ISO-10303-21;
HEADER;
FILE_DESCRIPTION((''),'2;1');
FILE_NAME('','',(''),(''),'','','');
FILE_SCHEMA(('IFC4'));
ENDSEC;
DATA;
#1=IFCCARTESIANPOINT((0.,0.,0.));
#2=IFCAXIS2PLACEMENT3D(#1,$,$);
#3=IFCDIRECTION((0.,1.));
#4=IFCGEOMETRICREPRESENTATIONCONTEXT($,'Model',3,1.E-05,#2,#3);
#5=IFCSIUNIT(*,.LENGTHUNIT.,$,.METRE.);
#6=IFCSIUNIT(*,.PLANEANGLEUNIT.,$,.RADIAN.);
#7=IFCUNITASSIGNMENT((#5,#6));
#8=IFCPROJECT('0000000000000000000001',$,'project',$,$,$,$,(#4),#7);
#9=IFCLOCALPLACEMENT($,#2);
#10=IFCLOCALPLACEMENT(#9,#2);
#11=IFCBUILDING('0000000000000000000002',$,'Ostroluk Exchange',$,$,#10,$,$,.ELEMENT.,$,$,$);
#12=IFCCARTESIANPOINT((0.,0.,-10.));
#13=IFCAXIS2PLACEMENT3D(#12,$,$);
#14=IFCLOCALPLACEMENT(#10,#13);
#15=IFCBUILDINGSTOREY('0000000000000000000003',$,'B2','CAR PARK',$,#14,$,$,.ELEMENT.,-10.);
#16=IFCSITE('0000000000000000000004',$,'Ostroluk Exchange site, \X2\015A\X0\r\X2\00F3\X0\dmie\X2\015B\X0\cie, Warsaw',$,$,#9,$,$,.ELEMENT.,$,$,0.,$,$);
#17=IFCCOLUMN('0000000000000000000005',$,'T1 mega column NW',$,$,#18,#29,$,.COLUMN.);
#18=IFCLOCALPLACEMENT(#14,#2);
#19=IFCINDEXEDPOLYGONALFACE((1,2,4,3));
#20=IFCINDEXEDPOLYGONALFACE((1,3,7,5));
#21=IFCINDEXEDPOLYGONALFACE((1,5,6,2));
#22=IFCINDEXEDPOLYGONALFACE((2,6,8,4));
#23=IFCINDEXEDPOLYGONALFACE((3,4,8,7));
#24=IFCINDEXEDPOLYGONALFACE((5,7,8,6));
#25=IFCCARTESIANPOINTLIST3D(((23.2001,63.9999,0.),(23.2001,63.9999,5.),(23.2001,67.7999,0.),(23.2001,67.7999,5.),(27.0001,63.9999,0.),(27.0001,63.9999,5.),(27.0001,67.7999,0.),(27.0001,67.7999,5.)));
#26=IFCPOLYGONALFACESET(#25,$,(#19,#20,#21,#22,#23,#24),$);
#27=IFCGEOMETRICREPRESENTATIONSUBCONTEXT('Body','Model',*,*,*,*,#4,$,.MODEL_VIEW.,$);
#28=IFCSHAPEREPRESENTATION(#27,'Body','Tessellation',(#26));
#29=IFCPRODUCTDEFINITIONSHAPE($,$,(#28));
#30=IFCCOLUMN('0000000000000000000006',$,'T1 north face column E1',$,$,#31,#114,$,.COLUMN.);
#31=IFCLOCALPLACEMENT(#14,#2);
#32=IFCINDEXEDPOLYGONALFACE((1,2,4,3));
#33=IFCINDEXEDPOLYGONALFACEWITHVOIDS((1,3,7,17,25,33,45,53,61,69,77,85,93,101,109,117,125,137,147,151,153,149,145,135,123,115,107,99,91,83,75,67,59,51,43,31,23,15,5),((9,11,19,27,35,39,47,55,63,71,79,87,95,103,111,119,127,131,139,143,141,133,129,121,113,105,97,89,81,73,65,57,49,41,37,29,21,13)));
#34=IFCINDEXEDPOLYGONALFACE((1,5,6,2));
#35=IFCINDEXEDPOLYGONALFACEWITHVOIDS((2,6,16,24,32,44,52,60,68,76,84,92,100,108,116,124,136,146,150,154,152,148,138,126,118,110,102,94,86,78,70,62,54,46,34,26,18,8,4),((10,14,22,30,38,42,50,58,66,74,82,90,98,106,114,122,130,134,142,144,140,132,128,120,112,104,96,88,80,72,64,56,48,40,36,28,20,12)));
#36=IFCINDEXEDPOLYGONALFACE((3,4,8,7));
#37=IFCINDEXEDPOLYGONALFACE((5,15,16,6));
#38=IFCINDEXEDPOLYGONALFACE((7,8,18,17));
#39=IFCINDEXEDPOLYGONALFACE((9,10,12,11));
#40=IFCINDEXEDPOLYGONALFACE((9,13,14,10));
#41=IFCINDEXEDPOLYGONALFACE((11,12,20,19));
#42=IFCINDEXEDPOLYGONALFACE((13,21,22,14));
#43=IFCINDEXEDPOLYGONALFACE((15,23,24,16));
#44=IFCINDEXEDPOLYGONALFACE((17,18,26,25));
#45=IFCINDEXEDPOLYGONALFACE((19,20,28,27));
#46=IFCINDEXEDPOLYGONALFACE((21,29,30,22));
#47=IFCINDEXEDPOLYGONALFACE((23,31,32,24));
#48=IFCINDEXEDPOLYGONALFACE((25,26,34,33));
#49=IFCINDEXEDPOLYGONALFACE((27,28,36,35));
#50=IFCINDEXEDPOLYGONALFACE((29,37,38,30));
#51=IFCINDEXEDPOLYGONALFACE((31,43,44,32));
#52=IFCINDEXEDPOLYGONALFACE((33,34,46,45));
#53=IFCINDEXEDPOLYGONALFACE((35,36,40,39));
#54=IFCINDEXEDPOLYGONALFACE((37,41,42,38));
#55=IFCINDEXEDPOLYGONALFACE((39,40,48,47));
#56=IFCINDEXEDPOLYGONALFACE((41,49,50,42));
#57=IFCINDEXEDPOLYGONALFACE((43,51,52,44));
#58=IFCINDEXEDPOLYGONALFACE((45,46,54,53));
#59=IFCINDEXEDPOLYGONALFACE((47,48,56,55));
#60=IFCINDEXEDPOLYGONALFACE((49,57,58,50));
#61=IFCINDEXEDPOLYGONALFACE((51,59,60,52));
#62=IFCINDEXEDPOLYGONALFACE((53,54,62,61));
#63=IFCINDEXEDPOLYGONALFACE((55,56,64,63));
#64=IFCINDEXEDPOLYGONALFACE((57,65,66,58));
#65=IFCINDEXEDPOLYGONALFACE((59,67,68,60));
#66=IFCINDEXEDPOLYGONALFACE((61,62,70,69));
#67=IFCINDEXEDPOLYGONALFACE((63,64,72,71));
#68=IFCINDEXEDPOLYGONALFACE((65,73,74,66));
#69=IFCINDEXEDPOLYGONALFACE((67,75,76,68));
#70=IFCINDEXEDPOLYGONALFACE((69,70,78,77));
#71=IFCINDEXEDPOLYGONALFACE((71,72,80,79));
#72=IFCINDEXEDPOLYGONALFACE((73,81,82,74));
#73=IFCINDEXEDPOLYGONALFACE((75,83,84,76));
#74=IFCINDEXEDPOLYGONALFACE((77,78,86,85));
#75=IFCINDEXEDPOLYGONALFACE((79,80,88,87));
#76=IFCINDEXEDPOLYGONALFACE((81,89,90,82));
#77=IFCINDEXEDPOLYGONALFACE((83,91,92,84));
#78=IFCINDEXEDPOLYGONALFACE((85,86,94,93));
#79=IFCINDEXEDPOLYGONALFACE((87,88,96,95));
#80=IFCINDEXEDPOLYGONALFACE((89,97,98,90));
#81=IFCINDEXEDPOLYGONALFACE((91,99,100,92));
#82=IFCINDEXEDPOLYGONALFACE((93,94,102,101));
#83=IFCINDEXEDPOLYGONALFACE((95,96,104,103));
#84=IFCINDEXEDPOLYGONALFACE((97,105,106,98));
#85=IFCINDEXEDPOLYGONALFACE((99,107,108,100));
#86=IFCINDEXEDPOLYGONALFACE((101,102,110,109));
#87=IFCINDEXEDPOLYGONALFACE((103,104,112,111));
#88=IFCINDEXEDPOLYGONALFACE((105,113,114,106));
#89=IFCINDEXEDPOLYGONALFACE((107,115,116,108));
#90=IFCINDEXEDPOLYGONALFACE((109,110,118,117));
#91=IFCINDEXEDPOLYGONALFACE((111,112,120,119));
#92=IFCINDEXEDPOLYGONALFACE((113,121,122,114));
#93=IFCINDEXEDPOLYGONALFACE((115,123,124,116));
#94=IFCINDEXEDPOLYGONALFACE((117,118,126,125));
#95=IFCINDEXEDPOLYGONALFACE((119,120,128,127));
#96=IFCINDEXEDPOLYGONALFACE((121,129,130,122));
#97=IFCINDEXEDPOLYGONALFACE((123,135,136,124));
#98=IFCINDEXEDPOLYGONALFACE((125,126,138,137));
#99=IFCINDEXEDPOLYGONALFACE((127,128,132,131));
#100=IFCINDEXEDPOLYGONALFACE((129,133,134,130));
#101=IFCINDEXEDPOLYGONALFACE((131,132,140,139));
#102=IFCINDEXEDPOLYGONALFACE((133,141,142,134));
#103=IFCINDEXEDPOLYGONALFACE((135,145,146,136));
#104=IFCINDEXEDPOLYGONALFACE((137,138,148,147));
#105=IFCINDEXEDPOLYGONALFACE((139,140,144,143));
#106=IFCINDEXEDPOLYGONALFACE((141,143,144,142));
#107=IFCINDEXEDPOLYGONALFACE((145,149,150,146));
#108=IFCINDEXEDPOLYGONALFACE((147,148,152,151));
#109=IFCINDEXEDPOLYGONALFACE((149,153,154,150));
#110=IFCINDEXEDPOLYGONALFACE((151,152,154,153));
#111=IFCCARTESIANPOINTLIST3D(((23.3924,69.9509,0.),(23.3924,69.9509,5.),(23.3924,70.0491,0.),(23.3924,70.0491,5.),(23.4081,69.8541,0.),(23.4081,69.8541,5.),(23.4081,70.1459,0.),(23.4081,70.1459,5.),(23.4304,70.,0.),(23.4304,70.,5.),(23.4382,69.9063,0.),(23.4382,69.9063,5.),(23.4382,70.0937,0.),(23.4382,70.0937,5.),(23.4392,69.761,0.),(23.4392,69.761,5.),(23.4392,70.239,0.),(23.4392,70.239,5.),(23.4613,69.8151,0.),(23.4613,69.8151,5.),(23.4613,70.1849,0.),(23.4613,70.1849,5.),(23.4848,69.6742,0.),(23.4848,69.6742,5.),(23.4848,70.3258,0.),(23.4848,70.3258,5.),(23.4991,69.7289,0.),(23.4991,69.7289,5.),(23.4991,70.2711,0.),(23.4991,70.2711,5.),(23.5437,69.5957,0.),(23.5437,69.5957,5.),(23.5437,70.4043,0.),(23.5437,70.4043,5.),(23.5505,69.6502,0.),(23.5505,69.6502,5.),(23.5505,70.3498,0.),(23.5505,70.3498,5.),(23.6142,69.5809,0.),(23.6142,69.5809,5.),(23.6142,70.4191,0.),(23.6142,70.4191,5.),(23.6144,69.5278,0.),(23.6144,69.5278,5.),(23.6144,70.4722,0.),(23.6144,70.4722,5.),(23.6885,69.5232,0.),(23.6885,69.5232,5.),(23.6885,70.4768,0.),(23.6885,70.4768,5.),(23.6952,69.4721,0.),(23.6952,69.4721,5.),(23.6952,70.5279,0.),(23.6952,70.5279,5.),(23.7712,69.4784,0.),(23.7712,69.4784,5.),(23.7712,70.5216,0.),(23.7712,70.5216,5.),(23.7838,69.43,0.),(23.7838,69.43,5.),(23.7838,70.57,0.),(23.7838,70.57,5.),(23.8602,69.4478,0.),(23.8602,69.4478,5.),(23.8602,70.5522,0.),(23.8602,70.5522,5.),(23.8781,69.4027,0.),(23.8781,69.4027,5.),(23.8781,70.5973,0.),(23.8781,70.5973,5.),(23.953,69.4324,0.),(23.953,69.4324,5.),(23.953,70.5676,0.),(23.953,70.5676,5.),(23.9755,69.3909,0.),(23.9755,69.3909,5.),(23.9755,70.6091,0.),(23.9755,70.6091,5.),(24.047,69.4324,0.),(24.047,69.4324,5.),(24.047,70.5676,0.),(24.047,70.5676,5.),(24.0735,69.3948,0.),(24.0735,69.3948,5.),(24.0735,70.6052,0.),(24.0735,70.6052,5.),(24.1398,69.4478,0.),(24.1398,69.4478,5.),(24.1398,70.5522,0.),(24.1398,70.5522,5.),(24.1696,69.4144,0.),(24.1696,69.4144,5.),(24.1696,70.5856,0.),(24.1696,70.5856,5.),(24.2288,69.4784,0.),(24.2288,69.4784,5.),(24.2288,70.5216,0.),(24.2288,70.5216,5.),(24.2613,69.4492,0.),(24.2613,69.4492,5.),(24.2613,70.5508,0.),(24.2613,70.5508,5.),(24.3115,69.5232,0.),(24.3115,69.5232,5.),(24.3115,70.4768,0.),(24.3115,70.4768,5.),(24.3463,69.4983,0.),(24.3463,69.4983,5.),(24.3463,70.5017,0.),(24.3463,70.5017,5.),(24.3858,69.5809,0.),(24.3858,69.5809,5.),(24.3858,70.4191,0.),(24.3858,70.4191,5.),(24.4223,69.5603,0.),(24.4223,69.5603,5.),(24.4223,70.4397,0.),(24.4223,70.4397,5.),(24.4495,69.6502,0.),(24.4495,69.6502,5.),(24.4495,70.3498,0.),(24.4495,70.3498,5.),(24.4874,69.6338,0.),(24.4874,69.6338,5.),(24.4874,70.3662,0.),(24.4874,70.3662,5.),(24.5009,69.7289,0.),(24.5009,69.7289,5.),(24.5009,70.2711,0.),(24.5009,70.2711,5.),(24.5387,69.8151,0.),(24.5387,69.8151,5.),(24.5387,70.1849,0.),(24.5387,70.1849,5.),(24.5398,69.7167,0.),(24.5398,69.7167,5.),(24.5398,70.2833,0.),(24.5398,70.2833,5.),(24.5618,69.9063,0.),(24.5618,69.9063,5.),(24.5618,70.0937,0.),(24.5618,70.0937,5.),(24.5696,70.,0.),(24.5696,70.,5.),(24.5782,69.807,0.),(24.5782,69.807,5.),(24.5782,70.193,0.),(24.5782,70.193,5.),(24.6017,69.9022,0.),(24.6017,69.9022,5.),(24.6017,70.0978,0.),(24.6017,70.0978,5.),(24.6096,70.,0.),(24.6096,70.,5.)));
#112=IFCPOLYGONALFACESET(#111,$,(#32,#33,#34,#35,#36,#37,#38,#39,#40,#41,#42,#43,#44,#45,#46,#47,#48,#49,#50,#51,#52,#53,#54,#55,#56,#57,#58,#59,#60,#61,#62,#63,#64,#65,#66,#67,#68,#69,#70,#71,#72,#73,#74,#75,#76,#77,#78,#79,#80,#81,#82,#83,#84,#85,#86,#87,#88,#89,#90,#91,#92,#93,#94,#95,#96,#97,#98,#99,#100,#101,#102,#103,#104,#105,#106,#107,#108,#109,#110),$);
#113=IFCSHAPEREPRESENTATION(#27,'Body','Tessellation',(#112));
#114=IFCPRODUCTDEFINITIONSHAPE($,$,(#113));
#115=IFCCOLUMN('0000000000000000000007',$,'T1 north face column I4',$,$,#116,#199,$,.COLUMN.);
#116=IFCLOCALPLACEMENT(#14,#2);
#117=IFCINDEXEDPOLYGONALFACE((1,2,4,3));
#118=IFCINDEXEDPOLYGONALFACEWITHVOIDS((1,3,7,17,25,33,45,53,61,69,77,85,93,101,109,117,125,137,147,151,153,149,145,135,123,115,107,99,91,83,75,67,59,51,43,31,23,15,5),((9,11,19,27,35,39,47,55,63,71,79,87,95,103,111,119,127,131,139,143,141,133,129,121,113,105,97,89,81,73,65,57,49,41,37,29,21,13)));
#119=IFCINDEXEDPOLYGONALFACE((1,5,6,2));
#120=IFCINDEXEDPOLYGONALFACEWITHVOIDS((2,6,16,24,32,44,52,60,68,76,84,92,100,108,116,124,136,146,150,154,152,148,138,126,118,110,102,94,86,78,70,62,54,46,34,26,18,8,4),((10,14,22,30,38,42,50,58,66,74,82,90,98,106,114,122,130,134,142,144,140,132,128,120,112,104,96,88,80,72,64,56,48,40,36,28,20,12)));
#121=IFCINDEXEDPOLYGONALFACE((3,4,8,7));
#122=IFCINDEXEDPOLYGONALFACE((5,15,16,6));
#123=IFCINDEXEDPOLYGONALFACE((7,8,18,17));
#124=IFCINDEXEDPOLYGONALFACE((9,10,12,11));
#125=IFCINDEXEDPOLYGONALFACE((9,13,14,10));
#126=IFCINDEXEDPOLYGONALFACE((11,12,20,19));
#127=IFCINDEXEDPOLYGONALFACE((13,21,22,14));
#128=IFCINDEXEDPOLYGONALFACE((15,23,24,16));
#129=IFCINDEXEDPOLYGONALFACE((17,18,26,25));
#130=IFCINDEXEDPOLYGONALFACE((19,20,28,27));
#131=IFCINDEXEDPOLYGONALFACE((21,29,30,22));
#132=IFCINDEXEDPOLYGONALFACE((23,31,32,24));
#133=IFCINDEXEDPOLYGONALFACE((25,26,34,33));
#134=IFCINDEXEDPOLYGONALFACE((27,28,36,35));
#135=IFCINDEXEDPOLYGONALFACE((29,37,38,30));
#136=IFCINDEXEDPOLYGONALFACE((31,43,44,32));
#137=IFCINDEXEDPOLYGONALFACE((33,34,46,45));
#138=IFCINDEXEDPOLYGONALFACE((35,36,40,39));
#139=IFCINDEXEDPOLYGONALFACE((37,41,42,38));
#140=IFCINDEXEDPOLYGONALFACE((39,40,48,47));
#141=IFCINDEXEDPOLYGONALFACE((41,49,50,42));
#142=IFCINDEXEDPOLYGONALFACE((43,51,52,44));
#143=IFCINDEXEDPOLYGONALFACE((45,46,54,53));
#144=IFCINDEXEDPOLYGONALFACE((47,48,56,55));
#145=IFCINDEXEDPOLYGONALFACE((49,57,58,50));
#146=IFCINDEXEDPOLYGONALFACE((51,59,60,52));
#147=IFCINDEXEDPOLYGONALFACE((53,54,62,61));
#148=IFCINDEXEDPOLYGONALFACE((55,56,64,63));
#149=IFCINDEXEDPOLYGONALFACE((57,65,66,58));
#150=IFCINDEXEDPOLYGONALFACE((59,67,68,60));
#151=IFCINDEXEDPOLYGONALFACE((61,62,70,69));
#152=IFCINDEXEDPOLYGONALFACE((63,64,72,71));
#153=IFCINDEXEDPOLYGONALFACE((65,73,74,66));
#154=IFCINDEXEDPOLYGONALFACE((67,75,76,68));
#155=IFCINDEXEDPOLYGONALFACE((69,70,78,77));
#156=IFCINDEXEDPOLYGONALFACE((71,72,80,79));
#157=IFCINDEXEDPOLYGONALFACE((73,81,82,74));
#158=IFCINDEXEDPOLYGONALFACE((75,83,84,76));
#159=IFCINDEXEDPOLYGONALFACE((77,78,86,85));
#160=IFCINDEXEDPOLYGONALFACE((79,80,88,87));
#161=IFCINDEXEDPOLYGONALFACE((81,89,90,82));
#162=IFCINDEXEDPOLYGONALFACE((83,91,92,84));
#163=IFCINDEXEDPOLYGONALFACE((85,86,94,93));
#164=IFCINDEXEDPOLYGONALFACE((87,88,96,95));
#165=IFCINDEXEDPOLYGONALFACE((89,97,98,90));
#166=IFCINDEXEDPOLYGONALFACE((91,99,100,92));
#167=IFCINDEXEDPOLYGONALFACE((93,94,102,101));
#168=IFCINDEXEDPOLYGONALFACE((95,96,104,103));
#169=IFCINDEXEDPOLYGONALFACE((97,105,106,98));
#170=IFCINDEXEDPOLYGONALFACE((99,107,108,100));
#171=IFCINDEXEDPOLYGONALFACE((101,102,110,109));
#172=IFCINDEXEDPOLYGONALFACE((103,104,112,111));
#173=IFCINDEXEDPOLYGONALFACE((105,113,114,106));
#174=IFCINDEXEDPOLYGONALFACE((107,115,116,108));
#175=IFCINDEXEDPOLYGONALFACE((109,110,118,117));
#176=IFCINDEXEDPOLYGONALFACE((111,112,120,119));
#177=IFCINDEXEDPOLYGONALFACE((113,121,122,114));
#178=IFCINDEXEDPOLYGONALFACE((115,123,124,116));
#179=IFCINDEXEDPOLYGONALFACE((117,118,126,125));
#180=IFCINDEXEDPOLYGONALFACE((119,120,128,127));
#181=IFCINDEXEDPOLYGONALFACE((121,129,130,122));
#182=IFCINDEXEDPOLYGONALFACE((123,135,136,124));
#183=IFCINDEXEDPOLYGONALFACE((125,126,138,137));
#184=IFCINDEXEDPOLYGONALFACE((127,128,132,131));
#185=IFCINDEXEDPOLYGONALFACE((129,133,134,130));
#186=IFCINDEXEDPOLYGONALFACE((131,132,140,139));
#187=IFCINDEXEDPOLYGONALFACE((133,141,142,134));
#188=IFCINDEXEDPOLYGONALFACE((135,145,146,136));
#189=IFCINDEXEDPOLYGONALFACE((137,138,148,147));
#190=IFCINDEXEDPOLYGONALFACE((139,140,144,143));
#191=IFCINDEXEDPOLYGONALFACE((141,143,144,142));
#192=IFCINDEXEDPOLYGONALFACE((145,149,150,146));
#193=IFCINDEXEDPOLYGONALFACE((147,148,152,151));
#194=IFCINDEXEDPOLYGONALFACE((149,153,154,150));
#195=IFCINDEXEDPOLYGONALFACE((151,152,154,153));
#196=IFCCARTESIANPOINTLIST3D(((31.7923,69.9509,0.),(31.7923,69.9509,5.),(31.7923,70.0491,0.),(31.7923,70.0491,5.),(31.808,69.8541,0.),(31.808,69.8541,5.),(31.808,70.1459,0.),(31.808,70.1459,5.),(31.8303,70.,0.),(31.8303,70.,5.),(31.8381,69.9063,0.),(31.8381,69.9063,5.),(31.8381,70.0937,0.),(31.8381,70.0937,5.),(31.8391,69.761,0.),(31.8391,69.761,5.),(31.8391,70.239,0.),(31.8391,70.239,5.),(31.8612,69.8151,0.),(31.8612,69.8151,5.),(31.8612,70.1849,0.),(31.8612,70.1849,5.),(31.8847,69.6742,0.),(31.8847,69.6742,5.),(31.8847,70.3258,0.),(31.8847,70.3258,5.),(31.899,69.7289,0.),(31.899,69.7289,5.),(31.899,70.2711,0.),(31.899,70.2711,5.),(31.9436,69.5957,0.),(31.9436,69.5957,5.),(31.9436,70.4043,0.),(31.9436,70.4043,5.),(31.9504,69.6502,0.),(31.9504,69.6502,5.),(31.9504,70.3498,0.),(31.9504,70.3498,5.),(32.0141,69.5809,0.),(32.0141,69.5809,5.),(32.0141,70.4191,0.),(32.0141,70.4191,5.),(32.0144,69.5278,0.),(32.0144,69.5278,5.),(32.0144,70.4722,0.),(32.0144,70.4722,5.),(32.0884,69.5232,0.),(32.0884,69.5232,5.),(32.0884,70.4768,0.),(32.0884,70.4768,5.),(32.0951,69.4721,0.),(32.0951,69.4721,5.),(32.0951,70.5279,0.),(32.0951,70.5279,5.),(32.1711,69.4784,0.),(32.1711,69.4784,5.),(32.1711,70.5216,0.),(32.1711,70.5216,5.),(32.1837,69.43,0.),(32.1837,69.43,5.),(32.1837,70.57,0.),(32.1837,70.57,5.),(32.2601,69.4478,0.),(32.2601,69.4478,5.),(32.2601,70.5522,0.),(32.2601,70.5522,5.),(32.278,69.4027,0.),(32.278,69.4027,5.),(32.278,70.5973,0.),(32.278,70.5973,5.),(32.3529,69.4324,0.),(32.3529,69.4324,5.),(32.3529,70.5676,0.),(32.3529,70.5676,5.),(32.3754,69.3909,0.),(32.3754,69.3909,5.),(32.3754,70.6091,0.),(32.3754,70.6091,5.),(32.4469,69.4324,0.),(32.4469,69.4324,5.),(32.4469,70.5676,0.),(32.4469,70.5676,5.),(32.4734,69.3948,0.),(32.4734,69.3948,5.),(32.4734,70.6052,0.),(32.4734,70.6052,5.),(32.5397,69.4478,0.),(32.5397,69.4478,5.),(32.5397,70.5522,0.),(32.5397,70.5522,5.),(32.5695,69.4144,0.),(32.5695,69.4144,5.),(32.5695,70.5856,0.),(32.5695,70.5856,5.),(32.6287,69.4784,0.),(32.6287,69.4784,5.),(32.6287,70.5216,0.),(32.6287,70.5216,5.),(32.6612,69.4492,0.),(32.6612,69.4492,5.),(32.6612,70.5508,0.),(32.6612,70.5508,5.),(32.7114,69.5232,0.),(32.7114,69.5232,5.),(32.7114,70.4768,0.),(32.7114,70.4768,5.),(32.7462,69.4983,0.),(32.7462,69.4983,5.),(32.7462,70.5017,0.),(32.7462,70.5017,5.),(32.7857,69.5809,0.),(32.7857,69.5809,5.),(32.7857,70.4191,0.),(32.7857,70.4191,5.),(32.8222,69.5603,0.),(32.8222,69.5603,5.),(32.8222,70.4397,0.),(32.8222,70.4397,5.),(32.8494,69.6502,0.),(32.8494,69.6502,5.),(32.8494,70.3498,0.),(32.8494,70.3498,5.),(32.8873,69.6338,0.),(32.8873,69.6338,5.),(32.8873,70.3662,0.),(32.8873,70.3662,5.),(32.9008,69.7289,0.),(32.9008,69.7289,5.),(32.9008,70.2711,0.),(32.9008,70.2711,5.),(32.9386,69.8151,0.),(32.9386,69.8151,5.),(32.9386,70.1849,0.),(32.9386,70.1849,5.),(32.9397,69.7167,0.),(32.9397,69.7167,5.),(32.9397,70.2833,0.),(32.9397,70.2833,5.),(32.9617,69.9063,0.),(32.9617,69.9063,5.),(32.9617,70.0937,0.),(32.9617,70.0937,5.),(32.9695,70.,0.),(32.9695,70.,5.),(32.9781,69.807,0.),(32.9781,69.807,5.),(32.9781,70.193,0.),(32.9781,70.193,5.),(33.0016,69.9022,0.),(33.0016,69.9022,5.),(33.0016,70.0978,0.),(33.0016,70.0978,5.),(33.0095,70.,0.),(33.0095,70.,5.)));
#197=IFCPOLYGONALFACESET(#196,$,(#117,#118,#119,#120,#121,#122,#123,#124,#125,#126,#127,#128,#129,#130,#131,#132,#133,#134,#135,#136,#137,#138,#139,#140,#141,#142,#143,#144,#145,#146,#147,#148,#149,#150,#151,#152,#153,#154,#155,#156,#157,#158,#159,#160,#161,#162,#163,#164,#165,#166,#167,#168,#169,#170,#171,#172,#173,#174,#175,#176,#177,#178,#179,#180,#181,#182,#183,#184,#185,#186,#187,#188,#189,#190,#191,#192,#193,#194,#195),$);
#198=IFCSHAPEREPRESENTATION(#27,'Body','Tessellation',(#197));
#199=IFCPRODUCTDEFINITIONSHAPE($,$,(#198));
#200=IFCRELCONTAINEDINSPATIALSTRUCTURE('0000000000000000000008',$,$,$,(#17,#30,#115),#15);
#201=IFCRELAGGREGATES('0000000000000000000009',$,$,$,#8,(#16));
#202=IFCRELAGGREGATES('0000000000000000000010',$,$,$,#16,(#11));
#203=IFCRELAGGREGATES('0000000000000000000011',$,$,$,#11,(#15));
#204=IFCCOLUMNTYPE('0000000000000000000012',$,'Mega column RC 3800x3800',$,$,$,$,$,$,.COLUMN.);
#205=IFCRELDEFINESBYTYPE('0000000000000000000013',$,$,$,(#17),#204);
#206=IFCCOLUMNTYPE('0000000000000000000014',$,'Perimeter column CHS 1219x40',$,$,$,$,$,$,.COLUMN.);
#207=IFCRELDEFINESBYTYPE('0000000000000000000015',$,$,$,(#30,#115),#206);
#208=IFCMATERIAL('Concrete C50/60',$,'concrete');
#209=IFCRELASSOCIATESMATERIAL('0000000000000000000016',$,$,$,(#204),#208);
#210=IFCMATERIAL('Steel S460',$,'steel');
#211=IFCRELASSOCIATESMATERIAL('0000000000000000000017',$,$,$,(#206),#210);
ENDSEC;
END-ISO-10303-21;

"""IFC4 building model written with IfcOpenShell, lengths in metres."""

from ifc_helpers import new_model, si_unit, direction, frame, origin, origin_2d, place, context, subcontext, project, spatial, rectangle, hollow_circle, extrude, material, material_profile, profile_set, type_object, element, save


model = new_model("IFC4")

# Units and contexts
model_context = context("Model", 3, precision=1e-05, world=origin(), true_north=direction((0.0, 1.0)))
body_context = subcontext(model_context, "Body", "Model", "MODEL_VIEW")
ifc_project = project(units=[si_unit("LENGTHUNIT", "METRE"), si_unit("PLANEANGLEUNIT", "RADIAN")], contexts=[model_context])

# Site, building, storey
site_placement = place(None, origin())
site = spatial("IfcSite", under=ifc_project, at=site_placement, Name="Ostroluk Exchange site, Śródmieście, Warsaw", CompositionType="ELEMENT", RefElevation=0.0)
building_placement = place(site_placement, origin())
building = spatial("IfcBuilding", under=site, at=building_placement, Name="Ostroluk Exchange", CompositionType="ELEMENT")
storey_placement = place(building_placement, frame((0.0, 0.0, -10.0)))
storey = spatial("IfcBuildingStorey", under=building, at=storey_placement, Name="B2", Description="CAR PARK", CompositionType="ELEMENT", Elevation=-10.0)

# Columns
ifc_material_1 = material(Name="Concrete C50/60", Category="concrete")
ifc_material_profile_1 = material_profile(ifc_material_1, rectangle(XDim=3.8, YDim=3.8, at=origin_2d()), Name="RC 3800x3800")
ifc_profile_set_1 = profile_set([ifc_material_profile_1], Name="Concrete C50/60")
column_type_1 = type_object("IfcColumnType", Name="Mega column RC 3800x3800", PredefinedType="COLUMN", material=ifc_profile_set_1)
column_1_placement = place(storey_placement, frame((25.1001, 65.8999, 0.0), z_axis=(0.0, 0.0, 1.0), x_axis=(1.0, 0.0, 0.0)))
element("IfcColumn", 1, at=column_1_placement, inside=storey, type_object=column_type_1, Name="T1 mega column NW", PredefinedType="COLUMN", context=body_context, shape_type="SweptSolid", body=[
    extrude(rectangle(XDim=3.8, YDim=3.8, at=origin_2d()), origin(), (0.0, 0.0, 1.0), 5.0),
])
ifc_material_2 = material(Name="Steel S460", Category="steel")
ifc_material_profile_2 = material_profile(ifc_material_2, hollow_circle(Radius=0.6096, WallThickness=0.04, at=origin_2d()), Name="CHS 1219x40")
ifc_profile_set_2 = profile_set([ifc_material_profile_2], Name="Steel S460")
column_type_2 = type_object("IfcColumnType", Name="Perimeter column CHS 1219x40", PredefinedType="COLUMN", material=ifc_profile_set_2)
for number, where, z_axis, x_axis, name in (
    (2, (24.0, 70.0, 0.0), (0.0, 0.0, 1.0), (1.0, 0.0, 0.0), "T1 north face column E1"),
    (3, (32.3999, 70.0, 0.0), (0.0, 0.0, 1.0), (1.0, 0.0, 0.0), "T1 north face column I4"),
):
    element("IfcColumn", number, at=place(storey_placement, frame(where, z_axis=z_axis, x_axis=x_axis)), inside=storey, type_object=column_type_2, Name=name, PredefinedType="COLUMN", context=body_context, shape_type="SweptSolid", body=[
        extrude(hollow_circle(Radius=0.6096, WallThickness=0.04, at=origin_2d()), origin(), (0.0, 0.0, 1.0), 5.0),
    ])

save(model, "model.ifc")
